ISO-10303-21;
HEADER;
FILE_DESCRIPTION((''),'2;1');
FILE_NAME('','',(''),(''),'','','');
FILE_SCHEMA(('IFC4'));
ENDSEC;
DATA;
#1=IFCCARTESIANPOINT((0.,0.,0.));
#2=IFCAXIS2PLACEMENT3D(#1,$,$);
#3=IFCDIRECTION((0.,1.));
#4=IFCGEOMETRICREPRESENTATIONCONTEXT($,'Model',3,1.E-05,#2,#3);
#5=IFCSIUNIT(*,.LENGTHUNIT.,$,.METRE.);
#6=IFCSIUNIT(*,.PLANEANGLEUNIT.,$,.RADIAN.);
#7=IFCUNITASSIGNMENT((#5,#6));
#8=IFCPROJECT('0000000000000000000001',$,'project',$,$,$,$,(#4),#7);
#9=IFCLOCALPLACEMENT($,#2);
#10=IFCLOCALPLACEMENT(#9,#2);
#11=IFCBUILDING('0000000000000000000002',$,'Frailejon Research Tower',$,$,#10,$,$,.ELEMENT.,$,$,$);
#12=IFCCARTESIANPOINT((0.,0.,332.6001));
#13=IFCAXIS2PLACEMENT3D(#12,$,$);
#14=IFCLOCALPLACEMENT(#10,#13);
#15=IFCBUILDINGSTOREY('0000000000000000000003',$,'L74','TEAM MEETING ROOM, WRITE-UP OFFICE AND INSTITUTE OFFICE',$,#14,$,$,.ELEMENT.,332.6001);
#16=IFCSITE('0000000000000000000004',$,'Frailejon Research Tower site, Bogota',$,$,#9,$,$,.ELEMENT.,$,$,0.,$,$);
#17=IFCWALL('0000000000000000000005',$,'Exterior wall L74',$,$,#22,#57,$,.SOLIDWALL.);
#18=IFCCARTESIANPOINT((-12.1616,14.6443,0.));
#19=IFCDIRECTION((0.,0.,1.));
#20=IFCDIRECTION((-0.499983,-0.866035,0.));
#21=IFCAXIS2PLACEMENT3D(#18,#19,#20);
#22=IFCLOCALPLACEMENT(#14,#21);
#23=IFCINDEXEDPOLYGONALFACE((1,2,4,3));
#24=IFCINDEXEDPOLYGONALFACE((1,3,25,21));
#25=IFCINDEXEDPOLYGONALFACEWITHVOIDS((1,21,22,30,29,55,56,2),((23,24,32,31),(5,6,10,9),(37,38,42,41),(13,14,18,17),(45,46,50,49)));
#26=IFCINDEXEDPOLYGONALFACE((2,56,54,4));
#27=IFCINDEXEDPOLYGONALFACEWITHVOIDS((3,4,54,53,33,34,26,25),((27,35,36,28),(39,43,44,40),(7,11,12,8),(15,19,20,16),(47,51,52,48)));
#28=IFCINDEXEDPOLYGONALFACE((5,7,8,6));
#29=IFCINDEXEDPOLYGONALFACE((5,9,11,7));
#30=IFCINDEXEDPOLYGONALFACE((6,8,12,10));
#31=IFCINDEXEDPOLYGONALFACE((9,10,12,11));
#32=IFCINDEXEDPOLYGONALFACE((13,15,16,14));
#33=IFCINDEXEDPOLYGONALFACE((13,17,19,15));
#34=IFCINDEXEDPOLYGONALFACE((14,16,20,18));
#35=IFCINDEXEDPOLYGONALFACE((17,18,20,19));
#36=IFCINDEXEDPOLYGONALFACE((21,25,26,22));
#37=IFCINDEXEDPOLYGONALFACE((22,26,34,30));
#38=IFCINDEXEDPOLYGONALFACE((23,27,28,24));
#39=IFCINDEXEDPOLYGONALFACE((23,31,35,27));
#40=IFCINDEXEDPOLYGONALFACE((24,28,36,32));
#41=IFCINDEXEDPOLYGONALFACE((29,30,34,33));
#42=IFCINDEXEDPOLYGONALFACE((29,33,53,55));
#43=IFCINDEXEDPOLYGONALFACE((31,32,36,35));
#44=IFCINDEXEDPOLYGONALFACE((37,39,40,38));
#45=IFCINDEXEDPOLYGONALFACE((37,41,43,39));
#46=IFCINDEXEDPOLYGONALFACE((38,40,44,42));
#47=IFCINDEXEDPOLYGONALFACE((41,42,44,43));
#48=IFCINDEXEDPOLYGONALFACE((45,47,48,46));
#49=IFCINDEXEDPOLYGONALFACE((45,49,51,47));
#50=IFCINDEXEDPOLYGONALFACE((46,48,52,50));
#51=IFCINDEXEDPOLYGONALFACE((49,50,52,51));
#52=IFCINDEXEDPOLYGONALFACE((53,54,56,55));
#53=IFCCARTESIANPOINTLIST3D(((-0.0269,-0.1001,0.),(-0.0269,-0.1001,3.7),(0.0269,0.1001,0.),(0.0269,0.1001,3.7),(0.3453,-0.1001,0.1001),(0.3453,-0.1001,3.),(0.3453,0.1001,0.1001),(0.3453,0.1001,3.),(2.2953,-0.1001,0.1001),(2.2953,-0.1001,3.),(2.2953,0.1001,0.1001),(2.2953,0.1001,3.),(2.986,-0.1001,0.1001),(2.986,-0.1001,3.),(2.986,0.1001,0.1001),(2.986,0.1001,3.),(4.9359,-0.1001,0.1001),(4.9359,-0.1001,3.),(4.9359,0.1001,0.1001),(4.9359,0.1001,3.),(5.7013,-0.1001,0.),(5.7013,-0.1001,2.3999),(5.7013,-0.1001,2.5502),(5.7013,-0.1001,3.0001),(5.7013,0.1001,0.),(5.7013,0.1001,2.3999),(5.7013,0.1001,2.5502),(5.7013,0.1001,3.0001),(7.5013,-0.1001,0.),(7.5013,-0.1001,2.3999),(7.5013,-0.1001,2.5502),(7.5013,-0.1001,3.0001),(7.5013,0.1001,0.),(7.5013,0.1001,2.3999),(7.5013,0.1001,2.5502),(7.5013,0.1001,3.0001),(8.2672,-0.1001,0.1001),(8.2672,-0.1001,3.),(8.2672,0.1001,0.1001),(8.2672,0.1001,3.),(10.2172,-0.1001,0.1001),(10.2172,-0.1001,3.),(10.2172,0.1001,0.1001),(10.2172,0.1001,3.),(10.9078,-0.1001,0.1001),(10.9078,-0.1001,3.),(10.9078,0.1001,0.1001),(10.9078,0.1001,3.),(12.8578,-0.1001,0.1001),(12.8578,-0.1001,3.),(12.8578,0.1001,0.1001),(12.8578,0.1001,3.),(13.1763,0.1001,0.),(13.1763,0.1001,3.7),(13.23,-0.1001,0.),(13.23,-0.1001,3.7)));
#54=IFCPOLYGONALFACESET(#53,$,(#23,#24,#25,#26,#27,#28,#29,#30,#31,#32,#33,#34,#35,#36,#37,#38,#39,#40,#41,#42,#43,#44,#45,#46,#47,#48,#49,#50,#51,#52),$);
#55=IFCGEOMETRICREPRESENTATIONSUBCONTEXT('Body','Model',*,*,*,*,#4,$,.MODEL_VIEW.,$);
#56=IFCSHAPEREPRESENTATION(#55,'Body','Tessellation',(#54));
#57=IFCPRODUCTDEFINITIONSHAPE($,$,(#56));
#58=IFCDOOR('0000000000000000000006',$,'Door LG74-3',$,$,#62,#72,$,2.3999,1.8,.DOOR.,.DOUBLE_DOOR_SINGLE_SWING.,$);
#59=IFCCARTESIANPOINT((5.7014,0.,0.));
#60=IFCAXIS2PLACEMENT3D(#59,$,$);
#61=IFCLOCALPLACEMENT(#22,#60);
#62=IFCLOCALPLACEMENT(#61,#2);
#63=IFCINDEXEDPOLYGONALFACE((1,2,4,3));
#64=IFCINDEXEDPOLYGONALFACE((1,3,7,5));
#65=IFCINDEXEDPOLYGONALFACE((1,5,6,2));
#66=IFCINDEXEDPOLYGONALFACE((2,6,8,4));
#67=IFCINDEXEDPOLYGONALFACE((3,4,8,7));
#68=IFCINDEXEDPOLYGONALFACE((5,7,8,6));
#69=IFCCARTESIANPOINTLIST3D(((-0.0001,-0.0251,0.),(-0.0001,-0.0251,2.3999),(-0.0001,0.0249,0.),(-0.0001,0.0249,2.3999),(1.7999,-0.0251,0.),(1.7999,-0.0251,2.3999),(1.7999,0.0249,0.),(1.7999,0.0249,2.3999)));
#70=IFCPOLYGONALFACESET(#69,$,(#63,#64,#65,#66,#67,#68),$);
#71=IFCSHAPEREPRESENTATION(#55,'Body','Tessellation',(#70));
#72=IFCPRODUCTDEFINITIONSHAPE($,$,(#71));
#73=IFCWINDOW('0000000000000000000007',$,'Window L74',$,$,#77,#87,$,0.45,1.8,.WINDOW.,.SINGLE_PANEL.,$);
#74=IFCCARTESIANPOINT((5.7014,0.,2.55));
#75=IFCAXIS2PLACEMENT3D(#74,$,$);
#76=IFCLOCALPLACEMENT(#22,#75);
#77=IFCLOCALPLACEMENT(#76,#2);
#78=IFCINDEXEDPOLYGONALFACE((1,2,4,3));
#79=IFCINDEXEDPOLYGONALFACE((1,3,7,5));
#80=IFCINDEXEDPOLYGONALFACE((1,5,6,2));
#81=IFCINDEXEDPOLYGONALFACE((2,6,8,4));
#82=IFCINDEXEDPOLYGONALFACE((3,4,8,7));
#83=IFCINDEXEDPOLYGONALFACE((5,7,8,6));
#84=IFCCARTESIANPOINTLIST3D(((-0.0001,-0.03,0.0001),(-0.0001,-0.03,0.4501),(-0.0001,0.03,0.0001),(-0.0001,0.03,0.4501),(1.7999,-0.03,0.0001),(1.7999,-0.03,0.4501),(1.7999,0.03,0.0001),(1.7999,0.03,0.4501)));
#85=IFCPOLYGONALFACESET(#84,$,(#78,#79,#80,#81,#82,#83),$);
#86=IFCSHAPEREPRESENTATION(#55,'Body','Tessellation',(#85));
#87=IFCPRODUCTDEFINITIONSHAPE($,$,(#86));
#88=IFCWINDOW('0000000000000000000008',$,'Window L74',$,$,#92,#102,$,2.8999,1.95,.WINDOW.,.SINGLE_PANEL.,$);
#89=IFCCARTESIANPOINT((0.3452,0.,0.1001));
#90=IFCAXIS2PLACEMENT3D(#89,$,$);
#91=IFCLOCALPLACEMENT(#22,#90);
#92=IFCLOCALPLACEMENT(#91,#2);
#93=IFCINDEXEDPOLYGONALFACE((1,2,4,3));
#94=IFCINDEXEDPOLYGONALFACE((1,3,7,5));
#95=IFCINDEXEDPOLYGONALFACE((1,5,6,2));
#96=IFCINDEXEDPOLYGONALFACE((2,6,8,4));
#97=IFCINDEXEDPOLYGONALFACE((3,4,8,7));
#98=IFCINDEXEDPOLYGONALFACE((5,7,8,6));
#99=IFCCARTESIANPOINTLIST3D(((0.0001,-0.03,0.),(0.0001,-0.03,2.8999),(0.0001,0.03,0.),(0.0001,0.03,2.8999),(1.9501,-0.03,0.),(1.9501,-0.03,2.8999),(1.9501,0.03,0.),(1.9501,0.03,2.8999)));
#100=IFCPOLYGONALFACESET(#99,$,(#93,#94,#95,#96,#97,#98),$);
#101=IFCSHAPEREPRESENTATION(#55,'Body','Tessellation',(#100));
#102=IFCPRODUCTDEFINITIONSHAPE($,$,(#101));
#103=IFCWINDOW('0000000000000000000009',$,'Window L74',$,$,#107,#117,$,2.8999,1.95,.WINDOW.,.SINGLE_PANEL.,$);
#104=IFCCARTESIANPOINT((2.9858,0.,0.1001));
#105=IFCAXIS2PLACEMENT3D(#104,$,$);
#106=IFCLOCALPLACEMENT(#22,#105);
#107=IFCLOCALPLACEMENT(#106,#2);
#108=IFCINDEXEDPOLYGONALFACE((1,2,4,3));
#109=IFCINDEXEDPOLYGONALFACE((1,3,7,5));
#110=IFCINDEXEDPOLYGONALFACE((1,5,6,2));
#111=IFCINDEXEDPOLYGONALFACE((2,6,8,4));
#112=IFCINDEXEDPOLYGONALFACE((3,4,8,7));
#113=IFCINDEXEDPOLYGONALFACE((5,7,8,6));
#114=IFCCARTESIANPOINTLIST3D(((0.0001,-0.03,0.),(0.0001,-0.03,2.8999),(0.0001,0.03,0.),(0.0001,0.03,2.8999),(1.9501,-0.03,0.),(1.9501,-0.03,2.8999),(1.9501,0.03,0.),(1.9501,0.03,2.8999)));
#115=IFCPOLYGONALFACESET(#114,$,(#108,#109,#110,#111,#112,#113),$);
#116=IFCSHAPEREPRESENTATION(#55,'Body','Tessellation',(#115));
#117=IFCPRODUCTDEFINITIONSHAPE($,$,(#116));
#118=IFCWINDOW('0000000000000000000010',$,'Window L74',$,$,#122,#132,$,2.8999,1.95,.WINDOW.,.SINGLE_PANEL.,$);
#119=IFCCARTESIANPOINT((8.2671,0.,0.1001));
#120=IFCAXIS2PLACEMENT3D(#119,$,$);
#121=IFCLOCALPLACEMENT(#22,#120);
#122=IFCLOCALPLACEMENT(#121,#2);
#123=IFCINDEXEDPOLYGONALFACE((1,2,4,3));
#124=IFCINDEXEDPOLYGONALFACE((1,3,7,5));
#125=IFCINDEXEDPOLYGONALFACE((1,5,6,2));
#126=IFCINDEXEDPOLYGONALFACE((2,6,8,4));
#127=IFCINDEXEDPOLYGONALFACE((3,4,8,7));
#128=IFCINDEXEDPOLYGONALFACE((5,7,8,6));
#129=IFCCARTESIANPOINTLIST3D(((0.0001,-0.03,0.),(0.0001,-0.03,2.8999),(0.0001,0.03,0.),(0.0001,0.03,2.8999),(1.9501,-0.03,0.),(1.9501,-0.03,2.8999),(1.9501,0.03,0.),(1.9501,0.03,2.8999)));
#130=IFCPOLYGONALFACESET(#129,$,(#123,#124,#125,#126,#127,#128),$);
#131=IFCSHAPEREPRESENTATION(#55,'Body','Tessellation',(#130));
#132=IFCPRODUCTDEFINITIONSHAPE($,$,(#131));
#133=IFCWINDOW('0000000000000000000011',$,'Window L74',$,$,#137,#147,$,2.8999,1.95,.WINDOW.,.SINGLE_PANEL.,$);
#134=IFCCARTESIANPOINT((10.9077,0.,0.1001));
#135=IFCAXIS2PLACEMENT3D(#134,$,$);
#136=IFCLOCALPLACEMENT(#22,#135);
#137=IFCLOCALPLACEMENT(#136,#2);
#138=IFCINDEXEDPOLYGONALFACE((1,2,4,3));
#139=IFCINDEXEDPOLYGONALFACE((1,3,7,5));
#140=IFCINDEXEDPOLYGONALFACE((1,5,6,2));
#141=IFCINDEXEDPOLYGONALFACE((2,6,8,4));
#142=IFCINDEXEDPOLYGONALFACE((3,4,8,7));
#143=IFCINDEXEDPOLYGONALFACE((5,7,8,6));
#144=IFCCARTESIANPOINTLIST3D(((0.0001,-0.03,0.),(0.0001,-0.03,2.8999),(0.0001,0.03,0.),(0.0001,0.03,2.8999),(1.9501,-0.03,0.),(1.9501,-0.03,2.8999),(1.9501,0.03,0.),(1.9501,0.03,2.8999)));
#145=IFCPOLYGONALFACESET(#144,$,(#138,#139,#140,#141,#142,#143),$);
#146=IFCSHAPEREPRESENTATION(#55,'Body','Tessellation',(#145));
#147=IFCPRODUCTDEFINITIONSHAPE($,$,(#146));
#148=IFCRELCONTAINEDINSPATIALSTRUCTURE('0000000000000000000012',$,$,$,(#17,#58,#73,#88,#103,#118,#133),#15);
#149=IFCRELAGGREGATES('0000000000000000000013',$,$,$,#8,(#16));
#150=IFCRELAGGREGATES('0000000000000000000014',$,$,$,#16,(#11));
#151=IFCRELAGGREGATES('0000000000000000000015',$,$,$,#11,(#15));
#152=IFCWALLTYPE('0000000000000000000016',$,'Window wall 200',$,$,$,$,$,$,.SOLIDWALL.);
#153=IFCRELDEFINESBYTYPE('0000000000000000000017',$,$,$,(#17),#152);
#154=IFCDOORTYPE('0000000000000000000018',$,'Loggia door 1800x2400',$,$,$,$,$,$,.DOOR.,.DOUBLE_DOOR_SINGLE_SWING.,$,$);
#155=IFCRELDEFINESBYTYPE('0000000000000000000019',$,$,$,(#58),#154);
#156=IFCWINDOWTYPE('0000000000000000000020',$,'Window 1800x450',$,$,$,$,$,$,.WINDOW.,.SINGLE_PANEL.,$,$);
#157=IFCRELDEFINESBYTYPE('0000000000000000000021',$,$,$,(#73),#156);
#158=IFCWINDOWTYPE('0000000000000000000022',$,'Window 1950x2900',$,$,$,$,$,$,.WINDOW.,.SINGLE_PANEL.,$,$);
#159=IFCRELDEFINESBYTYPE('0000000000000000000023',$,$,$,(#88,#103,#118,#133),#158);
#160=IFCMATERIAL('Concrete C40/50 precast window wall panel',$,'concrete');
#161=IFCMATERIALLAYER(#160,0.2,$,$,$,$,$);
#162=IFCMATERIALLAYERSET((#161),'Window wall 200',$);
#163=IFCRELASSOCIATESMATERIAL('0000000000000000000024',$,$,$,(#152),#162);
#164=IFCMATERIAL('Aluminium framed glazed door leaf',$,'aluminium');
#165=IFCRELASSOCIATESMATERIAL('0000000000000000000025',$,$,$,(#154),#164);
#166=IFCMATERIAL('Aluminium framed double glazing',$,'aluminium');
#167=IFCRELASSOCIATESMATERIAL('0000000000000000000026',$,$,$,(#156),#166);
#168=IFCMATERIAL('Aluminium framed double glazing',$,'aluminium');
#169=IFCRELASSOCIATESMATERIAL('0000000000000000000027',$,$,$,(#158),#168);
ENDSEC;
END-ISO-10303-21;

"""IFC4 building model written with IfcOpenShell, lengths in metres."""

from ifc_helpers import new_model, si_unit, direction, frame, frame_2d, origin, place, context, subcontext, project, spatial, polyline, rectangle, outline, extrude, material, layer, layer_set, type_object, element, fill, save


model = new_model("IFC4")

# Units and contexts
model_context = context("Model", 3, precision=1e-05, world=origin(), true_north=direction((0.0, 1.0)))
body_context = subcontext(model_context, "Body", "Model", "MODEL_VIEW")
ifc_project = project(units=[si_unit("LENGTHUNIT", "METRE"), si_unit("PLANEANGLEUNIT", "RADIAN")], contexts=[model_context])

# Site, building, storey
site_placement = place(None, origin())
site = spatial("IfcSite", under=ifc_project, at=site_placement, Name="Frailejon Research Tower site, Bogota", CompositionType="ELEMENT", RefElevation=0.0)
building_placement = place(site_placement, origin())
building = spatial("IfcBuilding", under=site, at=building_placement, Name="Frailejon Research Tower", CompositionType="ELEMENT")
storey_placement = place(building_placement, frame((0.0, 0.0, 332.6001)))
storey = spatial("IfcBuildingStorey", under=building, at=storey_placement, Name="L74", Description="TEAM MEETING ROOM, WRITE-UP OFFICE AND INSTITUTE OFFICE", CompositionType="ELEMENT", Elevation=332.6001)

# Wall, openings, door, windows
ifc_material_1 = material(Name="Concrete C40/50 precast window wall panel", Category="concrete")
ifc_layer_1 = layer(ifc_material_1, 0.2)
ifc_layer_set_1 = layer_set([ifc_layer_1], Name="Window wall 200")
wall_type_1 = type_object("IfcWallType", Name="Window wall 200", PredefinedType="SOLIDWALL", material=ifc_layer_set_1)
wall_1_placement = place(storey_placement, frame((-12.1616, 14.6443, 0.0), z_axis=(0.0, 0.0, 1.0), x_axis=(-0.499983, -0.866035, 0.0)))
wall_1 = element("IfcWall", 1, at=wall_1_placement, inside=storey, type_object=wall_type_1, Name="Exterior wall L74", PredefinedType="SOLIDWALL", context=body_context, shape_type="SweptSolid", body=[
    extrude(outline(polyline([(-0.0269, -0.1001), (0.9929, -0.1001), (2.0127, -0.1001), (3.0325, -0.1001), (4.0522, -0.1001), (5.072, -0.1001), (6.0918, -0.1001), (7.1113, -0.1001), (8.1311, -0.1001), (9.1509, -0.1001), (10.1707, -0.1001), (11.1904, -0.1001), (12.2102, -0.1001), (13.23, -0.1001), (13.1763, 0.1001), (12.1648, 0.1001), (11.1533, 0.1001), (10.1418, 0.1001), (9.1304, 0.1001), (8.1189, 0.1001), (7.1074, 0.1001), (6.0957, 0.1001), (5.0842, 0.1001), (4.0728, 0.1001), (3.0613, 0.1001), (2.0498, 0.1001), (1.0383, 0.1001), (0.0269, 0.1001), (-0.0269, -0.1001)])), origin(), (0.0, 0.0, 1.0), 3.7),
])
opening_1_placement = place(wall_1_placement, frame((0.3452, 0.0, 0.1001)))
opening_1 = element("IfcOpeningElement", 2, at=opening_1_placement, cuts=wall_1, PredefinedType="OPENING", context=body_context, shape_type="SweptSolid", body=[
    extrude(rectangle(XDim=1.95, YDim=2.8999, at=frame_2d((0.9751, 1.45))), frame((0.0, 0.1099, 0.0), z_axis=(0.0, -1.0, 0.0), x_axis=(1.0, 0.0, 0.0)), (0.0, 0.0, 1.0), 0.22),
])
opening_2_placement = place(wall_1_placement, frame((2.9858, 0.0, 0.1001)))
opening_2 = element("IfcOpeningElement", 3, at=opening_2_placement, cuts=wall_1, PredefinedType="OPENING", context=body_context, shape_type="SweptSolid", body=[
    extrude(rectangle(XDim=1.95, YDim=2.8999, at=frame_2d((0.9751, 1.45))), frame((0.0, 0.1099, 0.0), z_axis=(0.0, -1.0, 0.0), x_axis=(1.0, 0.0, 0.0)), (0.0, 0.0, 1.0), 0.22),
])
opening_3_placement = place(wall_1_placement, frame((5.7014, 0.0, 0.0)))
opening_3 = element("IfcOpeningElement", 4, at=opening_3_placement, cuts=wall_1, PredefinedType="OPENING", context=body_context, shape_type="SweptSolid", body=[
    extrude(rectangle(XDim=1.8, YDim=2.3999, at=frame_2d((0.8999, 1.2))), frame((0.0, 0.1099, 0.0), z_axis=(0.0, -1.0, 0.0), x_axis=(1.0, 0.0, 0.0)), (0.0, 0.0, 1.0), 0.22),
])
opening_4_placement = place(wall_1_placement, frame((5.7014, 0.0, 2.55)))
opening_4 = element("IfcOpeningElement", 5, at=opening_4_placement, cuts=wall_1, PredefinedType="OPENING", context=body_context, shape_type="SweptSolid", body=[
    extrude(rectangle(XDim=1.8, YDim=0.45, at=frame_2d((0.8999, 0.2251))), frame((0.0, 0.1099, 0.0), z_axis=(0.0, -1.0, 0.0), x_axis=(1.0, 0.0, 0.0)), (0.0, 0.0, 1.0), 0.22),
])
opening_5_placement = place(wall_1_placement, frame((8.2671, 0.0, 0.1001)))
opening_5 = element("IfcOpeningElement", 6, at=opening_5_placement, cuts=wall_1, PredefinedType="OPENING", context=body_context, shape_type="SweptSolid", body=[
    extrude(rectangle(XDim=1.95, YDim=2.8999, at=frame_2d((0.9751, 1.45))), frame((0.0, 0.1099, 0.0), z_axis=(0.0, -1.0, 0.0), x_axis=(1.0, 0.0, 0.0)), (0.0, 0.0, 1.0), 0.22),
])
opening_6_placement = place(wall_1_placement, frame((10.9077, 0.0, 0.1001)))
opening_6 = element("IfcOpeningElement", 7, at=opening_6_placement, cuts=wall_1, PredefinedType="OPENING", context=body_context, shape_type="SweptSolid", body=[
    extrude(rectangle(XDim=1.95, YDim=2.8999, at=frame_2d((0.9751, 1.45))), frame((0.0, 0.1099, 0.0), z_axis=(0.0, -1.0, 0.0), x_axis=(1.0, 0.0, 0.0)), (0.0, 0.0, 1.0), 0.22),
])
ifc_material_2 = material(Name="Aluminium framed glazed door leaf", Category="aluminium")
door_type = type_object("IfcDoorType", Name="Loggia door 1800x2400", OperationType="DOUBLE_DOOR_SINGLE_SWING", PredefinedType="DOOR", material=ifc_material_2)
door_placement = place(opening_3_placement, origin())
door = element("IfcDoor", 8, at=door_placement, inside=storey, type_object=door_type, Name="Door LG74-3", OperationType="DOUBLE_DOOR_SINGLE_SWING", OverallHeight=2.3999, OverallWidth=1.8, PredefinedType="DOOR", context=body_context, shape_type="SweptSolid", body=[
    extrude(rectangle(XDim=1.8, YDim=2.3999, at=frame_2d((0.8999, 1.2))), frame((0.0, 0.0249, 0.0), z_axis=(0.0, -1.0, 0.0), x_axis=(1.0, 0.0, 0.0)), (0.0, 0.0, 1.0), 0.05),
])
fill(opening_3, door)
ifc_material_3 = material(Name="Aluminium framed double glazing", Category="aluminium")
window_type_1 = type_object("IfcWindowType", Name="Window 1800x450", PartitioningType="SINGLE_PANEL", PredefinedType="WINDOW", material=ifc_material_3)
window_1_placement = place(opening_4_placement, origin())
window_1 = element("IfcWindow", 9, at=window_1_placement, inside=storey, type_object=window_type_1, Name="Window L74", OverallHeight=0.45, OverallWidth=1.8, PartitioningType="SINGLE_PANEL", PredefinedType="WINDOW", context=body_context, shape_type="SweptSolid", body=[
    extrude(rectangle(XDim=1.8, YDim=0.45, at=frame_2d((0.8999, 0.2251))), frame((0.0, 0.03, 0.0), z_axis=(0.0, -1.0, 0.0), x_axis=(1.0, 0.0, 0.0)), (0.0, 0.0, 1.0), 0.0601),
])
fill(opening_4, window_1)
ifc_material_4 = material(Name="Aluminium framed double glazing", Category="aluminium")
window_type_2 = type_object("IfcWindowType", Name="Window 1950x2900", PartitioningType="SINGLE_PANEL", PredefinedType="WINDOW", material=ifc_material_4)
window_2_placement = place(opening_1_placement, origin())
window_2 = element("IfcWindow", 10, at=window_2_placement, inside=storey, type_object=window_type_2, Name="Window L74", OverallHeight=2.8999, OverallWidth=1.95, PartitioningType="SINGLE_PANEL", PredefinedType="WINDOW", context=body_context, shape_type="SweptSolid", body=[
    extrude(rectangle(XDim=1.95, YDim=2.8999, at=frame_2d((0.9751, 1.45))), frame((0.0, 0.03, 0.0), z_axis=(0.0, -1.0, 0.0), x_axis=(1.0, 0.0, 0.0)), (0.0, 0.0, 1.0), 0.0601),
])
fill(opening_1, window_2)
window_3_placement = place(opening_2_placement, origin())
window_3 = element("IfcWindow", 11, at=window_3_placement, inside=storey, type_object=window_type_2, Name="Window L74", OverallHeight=2.8999, OverallWidth=1.95, PartitioningType="SINGLE_PANEL", PredefinedType="WINDOW", context=body_context, shape_type="SweptSolid", body=[
    extrude(rectangle(XDim=1.95, YDim=2.8999, at=frame_2d((0.9751, 1.45))), frame((0.0, 0.03, 0.0), z_axis=(0.0, -1.0, 0.0), x_axis=(1.0, 0.0, 0.0)), (0.0, 0.0, 1.0), 0.0601),
])
fill(opening_2, window_3)
window_4_placement = place(opening_5_placement, origin())
window_4 = element("IfcWindow", 12, at=window_4_placement, inside=storey, type_object=window_type_2, Name="Window L74", OverallHeight=2.8999, OverallWidth=1.95, PartitioningType="SINGLE_PANEL", PredefinedType="WINDOW", context=body_context, shape_type="SweptSolid", body=[
    extrude(rectangle(XDim=1.95, YDim=2.8999, at=frame_2d((0.9751, 1.45))), frame((0.0, 0.03, 0.0), z_axis=(0.0, -1.0, 0.0), x_axis=(1.0, 0.0, 0.0)), (0.0, 0.0, 1.0), 0.0601),
])
fill(opening_5, window_4)
window_5_placement = place(opening_6_placement, origin())
window_5 = element("IfcWindow", 13, at=window_5_placement, inside=storey, type_object=window_type_2, Name="Window L74", OverallHeight=2.8999, OverallWidth=1.95, PartitioningType="SINGLE_PANEL", PredefinedType="WINDOW", context=body_context, shape_type="SweptSolid", body=[
    extrude(rectangle(XDim=1.95, YDim=2.8999, at=frame_2d((0.9751, 1.45))), frame((0.0, 0.03, 0.0), z_axis=(0.0, -1.0, 0.0), x_axis=(1.0, 0.0, 0.0)), (0.0, 0.0, 1.0), 0.0601),
])
fill(opening_6, window_5)

save(model, "model.ifc")
